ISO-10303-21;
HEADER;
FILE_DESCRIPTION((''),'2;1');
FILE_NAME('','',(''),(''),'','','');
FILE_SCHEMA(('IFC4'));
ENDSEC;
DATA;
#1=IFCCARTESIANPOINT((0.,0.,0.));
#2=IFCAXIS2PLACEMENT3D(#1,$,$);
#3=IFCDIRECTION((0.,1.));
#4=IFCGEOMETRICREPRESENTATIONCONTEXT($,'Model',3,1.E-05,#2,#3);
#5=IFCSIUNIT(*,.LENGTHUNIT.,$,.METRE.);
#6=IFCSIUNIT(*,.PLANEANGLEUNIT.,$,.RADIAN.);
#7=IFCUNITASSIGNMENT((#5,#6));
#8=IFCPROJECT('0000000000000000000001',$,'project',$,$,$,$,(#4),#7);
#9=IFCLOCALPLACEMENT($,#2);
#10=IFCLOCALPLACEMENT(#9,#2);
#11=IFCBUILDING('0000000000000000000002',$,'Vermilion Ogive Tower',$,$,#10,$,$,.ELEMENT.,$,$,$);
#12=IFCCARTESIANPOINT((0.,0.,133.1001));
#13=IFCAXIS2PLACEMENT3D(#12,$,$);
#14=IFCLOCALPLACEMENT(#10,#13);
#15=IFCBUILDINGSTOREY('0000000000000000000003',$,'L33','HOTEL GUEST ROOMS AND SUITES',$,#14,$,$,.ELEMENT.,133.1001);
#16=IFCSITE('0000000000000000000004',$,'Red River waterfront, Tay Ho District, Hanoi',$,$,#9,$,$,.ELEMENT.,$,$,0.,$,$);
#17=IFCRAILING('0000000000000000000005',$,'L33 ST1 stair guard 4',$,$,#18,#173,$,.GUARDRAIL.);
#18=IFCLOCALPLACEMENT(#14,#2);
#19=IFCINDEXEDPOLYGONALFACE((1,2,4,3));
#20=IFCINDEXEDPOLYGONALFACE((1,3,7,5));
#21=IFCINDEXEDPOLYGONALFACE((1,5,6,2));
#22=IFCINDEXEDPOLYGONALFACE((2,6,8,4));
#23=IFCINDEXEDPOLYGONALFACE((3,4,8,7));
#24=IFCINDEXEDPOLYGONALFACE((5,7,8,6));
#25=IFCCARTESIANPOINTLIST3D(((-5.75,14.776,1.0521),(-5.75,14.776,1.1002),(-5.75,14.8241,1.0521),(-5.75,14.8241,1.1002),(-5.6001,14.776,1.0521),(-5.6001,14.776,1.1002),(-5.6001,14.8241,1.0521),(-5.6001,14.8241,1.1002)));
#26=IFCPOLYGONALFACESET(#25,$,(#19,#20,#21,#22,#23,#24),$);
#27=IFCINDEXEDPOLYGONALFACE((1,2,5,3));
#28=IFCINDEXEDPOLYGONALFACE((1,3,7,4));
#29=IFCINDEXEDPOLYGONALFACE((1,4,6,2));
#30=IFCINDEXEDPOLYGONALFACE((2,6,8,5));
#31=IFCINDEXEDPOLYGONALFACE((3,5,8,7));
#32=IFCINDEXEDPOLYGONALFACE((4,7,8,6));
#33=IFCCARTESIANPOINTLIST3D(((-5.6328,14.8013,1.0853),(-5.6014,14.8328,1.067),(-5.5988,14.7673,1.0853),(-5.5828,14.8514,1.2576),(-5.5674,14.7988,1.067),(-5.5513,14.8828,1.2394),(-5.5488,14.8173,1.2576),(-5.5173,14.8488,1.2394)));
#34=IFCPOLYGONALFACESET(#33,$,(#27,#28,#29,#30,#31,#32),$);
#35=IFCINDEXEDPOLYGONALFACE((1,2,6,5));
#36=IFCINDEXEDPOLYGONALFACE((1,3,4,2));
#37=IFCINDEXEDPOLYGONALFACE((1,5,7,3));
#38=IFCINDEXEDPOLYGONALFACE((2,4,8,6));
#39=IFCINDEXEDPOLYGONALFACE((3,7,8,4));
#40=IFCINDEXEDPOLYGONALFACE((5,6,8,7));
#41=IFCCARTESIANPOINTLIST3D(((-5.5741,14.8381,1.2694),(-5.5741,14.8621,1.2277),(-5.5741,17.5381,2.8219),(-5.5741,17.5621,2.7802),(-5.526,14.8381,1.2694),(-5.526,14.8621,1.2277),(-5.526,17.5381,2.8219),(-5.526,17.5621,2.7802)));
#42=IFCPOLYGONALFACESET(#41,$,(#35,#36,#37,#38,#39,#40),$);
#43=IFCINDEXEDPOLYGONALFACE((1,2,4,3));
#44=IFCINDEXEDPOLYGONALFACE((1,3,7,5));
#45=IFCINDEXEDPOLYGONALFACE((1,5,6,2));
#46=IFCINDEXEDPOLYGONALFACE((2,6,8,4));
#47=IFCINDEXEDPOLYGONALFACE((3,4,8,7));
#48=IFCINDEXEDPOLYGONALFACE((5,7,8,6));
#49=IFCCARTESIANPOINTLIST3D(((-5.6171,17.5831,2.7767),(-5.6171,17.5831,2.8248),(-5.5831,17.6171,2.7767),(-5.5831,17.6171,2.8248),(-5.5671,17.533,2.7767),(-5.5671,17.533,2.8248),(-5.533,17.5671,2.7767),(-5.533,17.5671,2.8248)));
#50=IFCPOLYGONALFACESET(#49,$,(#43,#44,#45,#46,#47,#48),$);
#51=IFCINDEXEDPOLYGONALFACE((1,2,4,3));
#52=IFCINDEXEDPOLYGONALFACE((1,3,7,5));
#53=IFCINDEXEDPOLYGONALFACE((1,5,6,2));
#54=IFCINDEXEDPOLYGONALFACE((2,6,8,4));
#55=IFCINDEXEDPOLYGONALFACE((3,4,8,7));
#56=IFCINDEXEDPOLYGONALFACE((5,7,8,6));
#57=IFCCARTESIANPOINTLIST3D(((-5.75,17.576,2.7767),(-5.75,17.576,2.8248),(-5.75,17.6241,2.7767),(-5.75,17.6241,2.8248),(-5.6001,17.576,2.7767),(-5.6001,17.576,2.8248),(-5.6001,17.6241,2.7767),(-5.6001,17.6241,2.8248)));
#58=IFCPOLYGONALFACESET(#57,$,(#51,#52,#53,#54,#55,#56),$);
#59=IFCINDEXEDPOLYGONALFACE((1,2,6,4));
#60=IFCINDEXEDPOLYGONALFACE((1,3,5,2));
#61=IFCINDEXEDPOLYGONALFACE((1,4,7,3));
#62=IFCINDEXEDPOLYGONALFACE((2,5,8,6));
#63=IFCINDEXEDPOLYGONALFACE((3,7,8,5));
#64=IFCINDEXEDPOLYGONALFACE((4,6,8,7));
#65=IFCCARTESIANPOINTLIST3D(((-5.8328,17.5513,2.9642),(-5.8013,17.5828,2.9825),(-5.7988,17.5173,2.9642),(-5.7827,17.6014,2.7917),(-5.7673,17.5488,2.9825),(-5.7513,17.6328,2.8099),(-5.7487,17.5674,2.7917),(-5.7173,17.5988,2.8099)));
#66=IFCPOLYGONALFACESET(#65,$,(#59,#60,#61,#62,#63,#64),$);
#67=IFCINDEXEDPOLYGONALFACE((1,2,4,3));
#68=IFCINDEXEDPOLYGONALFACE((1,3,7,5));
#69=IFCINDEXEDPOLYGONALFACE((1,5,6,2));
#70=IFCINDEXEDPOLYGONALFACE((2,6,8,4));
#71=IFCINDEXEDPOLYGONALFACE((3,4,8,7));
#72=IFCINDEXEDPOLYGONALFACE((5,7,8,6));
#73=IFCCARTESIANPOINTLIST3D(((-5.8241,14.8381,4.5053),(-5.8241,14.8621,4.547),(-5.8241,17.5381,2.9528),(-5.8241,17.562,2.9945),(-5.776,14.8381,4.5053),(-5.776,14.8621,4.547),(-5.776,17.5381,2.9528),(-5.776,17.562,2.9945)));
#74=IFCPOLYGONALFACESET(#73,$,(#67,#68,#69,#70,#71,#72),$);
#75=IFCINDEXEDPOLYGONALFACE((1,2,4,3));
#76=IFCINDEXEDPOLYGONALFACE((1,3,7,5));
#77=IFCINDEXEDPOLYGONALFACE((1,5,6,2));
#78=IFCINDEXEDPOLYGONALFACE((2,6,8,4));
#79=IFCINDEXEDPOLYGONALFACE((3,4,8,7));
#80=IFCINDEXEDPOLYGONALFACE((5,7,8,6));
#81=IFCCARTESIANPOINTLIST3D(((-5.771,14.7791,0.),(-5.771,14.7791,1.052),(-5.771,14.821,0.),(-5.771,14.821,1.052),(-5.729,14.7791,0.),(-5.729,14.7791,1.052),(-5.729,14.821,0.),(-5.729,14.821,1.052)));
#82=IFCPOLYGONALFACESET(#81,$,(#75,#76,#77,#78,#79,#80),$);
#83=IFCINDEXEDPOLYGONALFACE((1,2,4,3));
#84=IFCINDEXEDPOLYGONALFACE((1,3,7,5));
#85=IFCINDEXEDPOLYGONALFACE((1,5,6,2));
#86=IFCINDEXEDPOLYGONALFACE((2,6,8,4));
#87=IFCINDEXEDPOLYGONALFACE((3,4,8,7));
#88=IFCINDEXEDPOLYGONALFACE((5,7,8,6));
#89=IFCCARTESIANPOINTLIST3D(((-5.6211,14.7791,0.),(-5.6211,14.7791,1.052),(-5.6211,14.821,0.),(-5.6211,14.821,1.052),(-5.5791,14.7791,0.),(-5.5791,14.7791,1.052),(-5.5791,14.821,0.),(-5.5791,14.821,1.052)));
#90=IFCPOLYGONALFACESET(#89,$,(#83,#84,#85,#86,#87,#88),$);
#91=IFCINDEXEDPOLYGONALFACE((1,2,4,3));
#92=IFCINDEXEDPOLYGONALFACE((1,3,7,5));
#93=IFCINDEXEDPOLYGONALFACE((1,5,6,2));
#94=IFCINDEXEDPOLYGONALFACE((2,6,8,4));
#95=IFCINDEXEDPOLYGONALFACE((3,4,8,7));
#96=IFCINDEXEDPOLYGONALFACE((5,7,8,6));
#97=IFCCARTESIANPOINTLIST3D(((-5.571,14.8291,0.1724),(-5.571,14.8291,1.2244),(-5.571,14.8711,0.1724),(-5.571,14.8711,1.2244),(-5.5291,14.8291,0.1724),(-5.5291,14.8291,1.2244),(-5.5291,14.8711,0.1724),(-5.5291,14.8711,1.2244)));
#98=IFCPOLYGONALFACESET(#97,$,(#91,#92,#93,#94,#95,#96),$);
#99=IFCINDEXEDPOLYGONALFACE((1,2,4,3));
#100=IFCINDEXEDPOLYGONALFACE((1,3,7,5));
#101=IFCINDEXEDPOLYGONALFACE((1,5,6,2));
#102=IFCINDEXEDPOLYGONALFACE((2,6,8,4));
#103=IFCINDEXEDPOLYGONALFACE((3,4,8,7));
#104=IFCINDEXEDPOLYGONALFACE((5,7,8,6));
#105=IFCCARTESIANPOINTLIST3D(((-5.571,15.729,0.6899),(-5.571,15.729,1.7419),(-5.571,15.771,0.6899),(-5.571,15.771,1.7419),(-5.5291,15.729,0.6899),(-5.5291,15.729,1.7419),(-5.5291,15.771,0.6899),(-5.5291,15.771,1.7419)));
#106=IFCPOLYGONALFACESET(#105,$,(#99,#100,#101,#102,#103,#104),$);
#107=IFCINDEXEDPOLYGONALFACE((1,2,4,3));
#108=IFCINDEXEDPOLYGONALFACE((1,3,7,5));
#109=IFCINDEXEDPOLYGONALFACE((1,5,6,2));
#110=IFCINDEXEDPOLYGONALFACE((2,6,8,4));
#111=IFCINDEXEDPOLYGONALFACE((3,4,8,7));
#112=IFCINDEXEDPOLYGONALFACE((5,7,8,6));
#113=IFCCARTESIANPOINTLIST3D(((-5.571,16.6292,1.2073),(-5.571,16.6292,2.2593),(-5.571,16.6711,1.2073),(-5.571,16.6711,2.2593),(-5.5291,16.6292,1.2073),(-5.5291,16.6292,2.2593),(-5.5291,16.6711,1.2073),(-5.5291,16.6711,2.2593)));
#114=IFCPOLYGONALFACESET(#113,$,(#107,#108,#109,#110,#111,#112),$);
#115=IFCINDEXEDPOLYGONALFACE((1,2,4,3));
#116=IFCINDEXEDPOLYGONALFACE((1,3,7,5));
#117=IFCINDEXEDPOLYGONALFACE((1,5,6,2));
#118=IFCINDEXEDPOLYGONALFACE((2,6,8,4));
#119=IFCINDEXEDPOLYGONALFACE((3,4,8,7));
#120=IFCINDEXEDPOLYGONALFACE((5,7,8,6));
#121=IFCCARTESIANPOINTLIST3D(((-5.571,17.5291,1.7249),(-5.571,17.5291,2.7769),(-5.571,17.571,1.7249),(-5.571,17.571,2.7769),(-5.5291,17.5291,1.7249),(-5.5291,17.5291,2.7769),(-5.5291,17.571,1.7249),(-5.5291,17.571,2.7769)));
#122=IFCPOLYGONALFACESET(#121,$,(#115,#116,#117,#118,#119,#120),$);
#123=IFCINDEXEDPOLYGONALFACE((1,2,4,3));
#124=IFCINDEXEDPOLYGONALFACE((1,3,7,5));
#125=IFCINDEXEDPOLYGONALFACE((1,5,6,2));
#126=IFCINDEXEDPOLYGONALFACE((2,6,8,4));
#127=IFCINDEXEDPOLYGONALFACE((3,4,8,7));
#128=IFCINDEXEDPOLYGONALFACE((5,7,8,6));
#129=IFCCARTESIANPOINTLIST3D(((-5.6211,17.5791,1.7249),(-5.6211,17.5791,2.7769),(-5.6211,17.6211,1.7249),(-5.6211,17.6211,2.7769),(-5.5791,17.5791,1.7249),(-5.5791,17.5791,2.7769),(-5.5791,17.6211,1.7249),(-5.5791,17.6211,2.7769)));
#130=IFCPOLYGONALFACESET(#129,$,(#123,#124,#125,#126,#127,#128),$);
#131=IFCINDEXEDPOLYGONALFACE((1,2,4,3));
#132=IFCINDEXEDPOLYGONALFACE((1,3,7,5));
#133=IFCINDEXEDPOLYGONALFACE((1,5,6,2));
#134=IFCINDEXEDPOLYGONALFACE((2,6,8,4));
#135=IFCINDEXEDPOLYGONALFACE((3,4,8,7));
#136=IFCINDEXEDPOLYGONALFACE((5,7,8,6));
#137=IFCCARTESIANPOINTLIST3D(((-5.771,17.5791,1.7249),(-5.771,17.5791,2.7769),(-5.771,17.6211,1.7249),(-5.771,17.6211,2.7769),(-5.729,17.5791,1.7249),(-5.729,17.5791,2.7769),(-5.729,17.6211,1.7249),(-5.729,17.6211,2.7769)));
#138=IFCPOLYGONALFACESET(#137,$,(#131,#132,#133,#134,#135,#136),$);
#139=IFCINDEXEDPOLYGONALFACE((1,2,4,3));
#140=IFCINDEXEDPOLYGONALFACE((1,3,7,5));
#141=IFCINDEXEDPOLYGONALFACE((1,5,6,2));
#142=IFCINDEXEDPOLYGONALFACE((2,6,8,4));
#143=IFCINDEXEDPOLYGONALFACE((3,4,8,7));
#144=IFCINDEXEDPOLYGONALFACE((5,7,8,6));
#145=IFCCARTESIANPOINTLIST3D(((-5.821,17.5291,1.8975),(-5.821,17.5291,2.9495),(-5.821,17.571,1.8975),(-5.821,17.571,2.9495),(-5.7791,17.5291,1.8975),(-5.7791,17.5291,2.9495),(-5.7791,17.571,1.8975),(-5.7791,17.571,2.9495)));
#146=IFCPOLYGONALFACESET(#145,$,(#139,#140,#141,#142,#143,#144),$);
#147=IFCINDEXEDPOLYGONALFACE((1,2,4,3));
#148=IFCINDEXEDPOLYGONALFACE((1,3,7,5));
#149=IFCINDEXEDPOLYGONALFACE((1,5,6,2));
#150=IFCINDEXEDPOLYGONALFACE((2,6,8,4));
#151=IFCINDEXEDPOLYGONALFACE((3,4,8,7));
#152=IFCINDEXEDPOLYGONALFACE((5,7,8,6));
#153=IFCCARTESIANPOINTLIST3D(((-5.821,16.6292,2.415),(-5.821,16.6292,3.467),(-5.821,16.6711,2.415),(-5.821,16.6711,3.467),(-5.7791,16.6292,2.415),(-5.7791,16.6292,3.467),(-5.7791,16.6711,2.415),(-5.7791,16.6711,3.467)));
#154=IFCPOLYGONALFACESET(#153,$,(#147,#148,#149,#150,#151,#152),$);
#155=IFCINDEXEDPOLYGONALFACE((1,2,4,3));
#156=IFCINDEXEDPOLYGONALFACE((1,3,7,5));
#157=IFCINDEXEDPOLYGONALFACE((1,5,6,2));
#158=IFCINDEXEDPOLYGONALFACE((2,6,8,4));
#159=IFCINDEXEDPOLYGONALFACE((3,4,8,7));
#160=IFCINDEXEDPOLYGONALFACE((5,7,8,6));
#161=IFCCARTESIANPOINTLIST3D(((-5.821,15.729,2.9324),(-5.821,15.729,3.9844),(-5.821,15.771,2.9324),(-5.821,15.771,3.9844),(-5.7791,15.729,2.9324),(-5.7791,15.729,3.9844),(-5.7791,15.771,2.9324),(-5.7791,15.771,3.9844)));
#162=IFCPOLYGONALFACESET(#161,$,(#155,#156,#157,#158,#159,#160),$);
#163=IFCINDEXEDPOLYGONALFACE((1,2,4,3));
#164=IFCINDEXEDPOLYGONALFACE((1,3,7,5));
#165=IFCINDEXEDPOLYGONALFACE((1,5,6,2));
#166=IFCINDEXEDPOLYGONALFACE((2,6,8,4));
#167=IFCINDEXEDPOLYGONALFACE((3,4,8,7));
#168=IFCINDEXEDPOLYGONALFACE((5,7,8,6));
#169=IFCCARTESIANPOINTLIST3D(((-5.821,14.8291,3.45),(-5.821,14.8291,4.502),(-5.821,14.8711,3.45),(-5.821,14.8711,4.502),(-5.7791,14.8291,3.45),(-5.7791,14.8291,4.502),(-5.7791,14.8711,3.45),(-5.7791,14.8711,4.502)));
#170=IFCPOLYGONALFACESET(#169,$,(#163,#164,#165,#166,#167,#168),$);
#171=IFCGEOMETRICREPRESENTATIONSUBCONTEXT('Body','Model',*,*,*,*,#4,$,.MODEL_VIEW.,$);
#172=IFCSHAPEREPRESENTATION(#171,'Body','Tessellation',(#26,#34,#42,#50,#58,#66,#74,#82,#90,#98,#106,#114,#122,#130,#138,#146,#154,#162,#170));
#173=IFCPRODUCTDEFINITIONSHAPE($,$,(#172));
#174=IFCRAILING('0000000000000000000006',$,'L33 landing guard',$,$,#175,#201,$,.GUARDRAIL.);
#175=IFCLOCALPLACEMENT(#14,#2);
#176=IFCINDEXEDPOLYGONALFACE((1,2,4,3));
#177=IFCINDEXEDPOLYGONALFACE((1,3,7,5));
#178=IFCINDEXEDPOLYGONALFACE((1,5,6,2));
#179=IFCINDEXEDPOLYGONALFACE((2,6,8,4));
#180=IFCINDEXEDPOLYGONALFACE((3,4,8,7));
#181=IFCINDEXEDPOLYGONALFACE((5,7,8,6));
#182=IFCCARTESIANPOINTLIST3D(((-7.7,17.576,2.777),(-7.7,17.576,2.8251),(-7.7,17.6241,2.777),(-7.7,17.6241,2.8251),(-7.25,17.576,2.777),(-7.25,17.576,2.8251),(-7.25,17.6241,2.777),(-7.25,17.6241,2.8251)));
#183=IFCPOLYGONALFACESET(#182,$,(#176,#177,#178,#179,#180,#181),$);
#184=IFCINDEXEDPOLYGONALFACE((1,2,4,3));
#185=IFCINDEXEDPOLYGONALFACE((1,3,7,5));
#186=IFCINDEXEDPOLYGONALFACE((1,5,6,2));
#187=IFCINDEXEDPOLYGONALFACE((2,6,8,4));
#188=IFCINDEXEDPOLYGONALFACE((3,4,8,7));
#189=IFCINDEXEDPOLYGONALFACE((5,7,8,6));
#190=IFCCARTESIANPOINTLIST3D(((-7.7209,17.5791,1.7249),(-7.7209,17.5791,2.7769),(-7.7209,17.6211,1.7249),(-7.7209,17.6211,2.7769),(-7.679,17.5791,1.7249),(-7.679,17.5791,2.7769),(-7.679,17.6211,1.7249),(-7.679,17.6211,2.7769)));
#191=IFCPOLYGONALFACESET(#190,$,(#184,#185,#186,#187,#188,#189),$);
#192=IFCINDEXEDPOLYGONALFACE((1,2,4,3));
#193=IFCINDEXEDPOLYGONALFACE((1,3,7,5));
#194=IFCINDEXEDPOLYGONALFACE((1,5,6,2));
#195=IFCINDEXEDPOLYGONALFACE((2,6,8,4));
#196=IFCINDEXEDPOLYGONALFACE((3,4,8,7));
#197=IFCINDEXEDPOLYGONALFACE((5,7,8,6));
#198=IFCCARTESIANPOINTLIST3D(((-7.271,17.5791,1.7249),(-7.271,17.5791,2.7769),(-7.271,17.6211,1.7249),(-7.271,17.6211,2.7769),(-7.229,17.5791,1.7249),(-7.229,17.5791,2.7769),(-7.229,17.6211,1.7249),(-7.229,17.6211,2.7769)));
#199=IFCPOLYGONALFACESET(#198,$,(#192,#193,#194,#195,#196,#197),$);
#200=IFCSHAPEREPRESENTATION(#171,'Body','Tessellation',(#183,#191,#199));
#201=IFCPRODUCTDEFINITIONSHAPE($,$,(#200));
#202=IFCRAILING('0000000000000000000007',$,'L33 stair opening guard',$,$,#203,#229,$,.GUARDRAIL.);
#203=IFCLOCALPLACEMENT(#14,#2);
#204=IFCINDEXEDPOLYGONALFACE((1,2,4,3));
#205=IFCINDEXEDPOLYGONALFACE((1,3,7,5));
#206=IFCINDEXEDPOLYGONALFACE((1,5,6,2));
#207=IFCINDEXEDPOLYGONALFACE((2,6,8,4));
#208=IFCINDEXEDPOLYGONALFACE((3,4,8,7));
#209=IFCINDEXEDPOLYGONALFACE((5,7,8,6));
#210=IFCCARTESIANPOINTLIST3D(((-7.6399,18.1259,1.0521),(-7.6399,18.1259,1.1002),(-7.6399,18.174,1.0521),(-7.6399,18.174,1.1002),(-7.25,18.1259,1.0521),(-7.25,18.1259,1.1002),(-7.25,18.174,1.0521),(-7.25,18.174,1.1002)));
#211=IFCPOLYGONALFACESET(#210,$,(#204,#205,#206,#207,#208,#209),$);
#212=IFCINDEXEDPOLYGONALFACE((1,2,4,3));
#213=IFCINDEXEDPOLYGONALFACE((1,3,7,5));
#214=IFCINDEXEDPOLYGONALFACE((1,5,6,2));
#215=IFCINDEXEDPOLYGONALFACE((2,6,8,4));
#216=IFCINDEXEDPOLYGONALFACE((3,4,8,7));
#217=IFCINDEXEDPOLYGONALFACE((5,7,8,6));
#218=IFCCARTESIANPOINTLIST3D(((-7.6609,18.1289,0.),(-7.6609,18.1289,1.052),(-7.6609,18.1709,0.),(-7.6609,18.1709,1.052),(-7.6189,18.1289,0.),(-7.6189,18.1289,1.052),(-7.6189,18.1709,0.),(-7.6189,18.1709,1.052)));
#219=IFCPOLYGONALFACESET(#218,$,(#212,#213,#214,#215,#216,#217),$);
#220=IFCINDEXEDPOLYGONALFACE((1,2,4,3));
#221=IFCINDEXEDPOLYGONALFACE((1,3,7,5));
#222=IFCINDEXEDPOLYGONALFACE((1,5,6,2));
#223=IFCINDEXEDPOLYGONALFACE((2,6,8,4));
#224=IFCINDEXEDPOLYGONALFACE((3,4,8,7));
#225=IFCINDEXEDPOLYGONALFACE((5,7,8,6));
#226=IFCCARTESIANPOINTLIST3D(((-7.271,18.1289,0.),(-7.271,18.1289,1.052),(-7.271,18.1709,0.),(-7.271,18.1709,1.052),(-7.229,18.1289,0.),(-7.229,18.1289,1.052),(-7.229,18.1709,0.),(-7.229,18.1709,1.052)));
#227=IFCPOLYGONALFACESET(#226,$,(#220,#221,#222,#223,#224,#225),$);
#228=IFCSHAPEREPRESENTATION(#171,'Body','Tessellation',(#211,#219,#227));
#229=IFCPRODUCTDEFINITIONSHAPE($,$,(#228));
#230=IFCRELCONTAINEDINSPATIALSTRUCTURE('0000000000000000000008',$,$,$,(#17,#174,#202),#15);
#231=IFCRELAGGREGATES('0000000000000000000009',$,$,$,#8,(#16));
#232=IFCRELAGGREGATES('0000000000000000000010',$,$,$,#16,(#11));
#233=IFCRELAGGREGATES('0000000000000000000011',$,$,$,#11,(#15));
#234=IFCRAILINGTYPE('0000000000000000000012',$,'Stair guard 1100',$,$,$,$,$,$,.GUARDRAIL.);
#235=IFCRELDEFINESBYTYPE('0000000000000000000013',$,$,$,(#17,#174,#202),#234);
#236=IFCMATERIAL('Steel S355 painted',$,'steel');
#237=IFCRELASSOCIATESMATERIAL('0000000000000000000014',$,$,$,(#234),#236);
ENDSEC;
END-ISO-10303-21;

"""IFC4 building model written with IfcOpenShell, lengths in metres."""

from ifc_helpers import new_model, si_unit, direction, frame, origin, origin_2d, place, context, subcontext, project, spatial, rectangle, extrude, material, type_object, element, save


model = new_model("IFC4")

# Units and contexts
model_context = context("Model", 3, precision=1e-05, world=origin(), true_north=direction((0.0, 1.0)))
body_context = subcontext(model_context, "Body", "Model", "MODEL_VIEW")
ifc_project = project(units=[si_unit("LENGTHUNIT", "METRE"), si_unit("PLANEANGLEUNIT", "RADIAN")], contexts=[model_context])

# Site, building, storey
site_placement = place(None, origin())
site = spatial("IfcSite", under=ifc_project, at=site_placement, Name="Red River waterfront, Tay Ho District, Hanoi", CompositionType="ELEMENT", RefElevation=0.0)
building_placement = place(site_placement, origin())
building = spatial("IfcBuilding", under=site, at=building_placement, Name="Vermilion Ogive Tower", CompositionType="ELEMENT")
storey_placement = place(building_placement, frame((0.0, 0.0, 133.1001)))
storey = spatial("IfcBuildingStorey", under=building, at=storey_placement, Name="L33", Description="HOTEL GUEST ROOMS AND SUITES", CompositionType="ELEMENT", Elevation=133.1001)

# Railings
ifc_material_1 = material(Name="Steel S355 painted", Category="steel")
railing_type_1 = type_object("IfcRailingType", Name="Stair guard 1100", PredefinedType="GUARDRAIL", material=ifc_material_1)
railing_1_placement = place(storey_placement, frame((-5.75, 14.8, 0.0)))
element("IfcRailing", 1, at=railing_1_placement, inside=storey, type_object=railing_type_1, Name="L33 ST1 stair guard 4", PredefinedType="GUARDRAIL", context=body_context, shape_type="SweptSolid", body=[
    extrude(rectangle(XDim=0.0481, YDim=0.0481, at=origin_2d()), frame((0.0, 0.0, 1.0762), z_axis=(1.0, 0.0, 0.0), x_axis=(0.0, 1.0, 0.0)), (0.0, 0.0, 1.0), 0.1499),
    extrude(rectangle(XDim=0.0481, YDim=0.0481, at=origin_2d()), frame((0.1499, 0.0, 1.0762), z_axis=(0.268603, 0.268603, 0.925043), x_axis=(-0.707107, 0.707107, 0.0)), (0.0, 0.0, 1.0), 0.1863),
    extrude(rectangle(XDim=0.0481, YDim=0.0481, at=origin_2d()), frame((0.2, 0.05, 1.2485), z_axis=(0.0, 0.866904, 0.498476), x_axis=(-1.0, 0.0, 0.0)), (0.0, 0.0, 1.0), 3.1145),
    extrude(rectangle(XDim=0.0481, YDim=0.0481, at=origin_2d()), frame((0.2, 2.75, 2.8008), z_axis=(-0.707107, 0.707107, 0.0), x_axis=(-0.707107, -0.707107, 0.0)), (0.0, 0.0, 1.0), 0.0708),
    extrude(rectangle(XDim=0.0481, YDim=0.0481, at=origin_2d()), frame((0.1499, 2.8, 2.8008), z_axis=(-1.0, 0.0, 0.0), x_axis=(0.0, -1.0, 0.0)), (0.0, 0.0, 1.0), 0.1499),
    extrude(rectangle(XDim=0.0481, YDim=0.0481, at=origin_2d()), frame((0.0, 2.8, 2.8008), z_axis=(-0.268278, -0.268278, 0.925232), x_axis=(0.707107, -0.707107, 0.0)), (0.0, 0.0, 1.0), 0.1865),
    extrude(rectangle(XDim=0.0481, YDim=0.0481, at=origin_2d()), frame((-0.05, 2.75, 2.9736), z_axis=(0.0, -0.866904, 0.498476), x_axis=(1.0, 0.0, 0.0)), (0.0, 0.0, 1.0), 3.1145),
    extrude(rectangle(XDim=0.042, YDim=0.042, at=origin_2d()), origin(), (0.0, 0.0, 1.0), 1.052),
    extrude(rectangle(XDim=0.042, YDim=0.042, at=origin_2d()), frame((0.1499, 0.0, 0.0)), (0.0, 0.0, 1.0), 1.052),
    extrude(rectangle(XDim=0.042, YDim=0.042, at=origin_2d()), frame((0.2, 0.05, 0.1724)), (0.0, 0.0, 1.0), 1.052),
    extrude(rectangle(XDim=0.042, YDim=0.042, at=origin_2d()), frame((0.2, 0.95, 0.6899)), (0.0, 0.0, 1.0), 1.052),
    extrude(rectangle(XDim=0.042, YDim=0.042, at=origin_2d()), frame((0.2, 1.8501, 1.2073)), (0.0, 0.0, 1.0), 1.052),
    extrude(rectangle(XDim=0.042, YDim=0.042, at=origin_2d()), frame((0.2, 2.75, 1.7249)), (0.0, 0.0, 1.0), 1.052),
    extrude(rectangle(XDim=0.042, YDim=0.042, at=origin_2d()), frame((0.1499, 2.8, 1.7249)), (0.0, 0.0, 1.0), 1.052),
    extrude(rectangle(XDim=0.042, YDim=0.042, at=origin_2d()), frame((0.0, 2.8, 1.7249)), (0.0, 0.0, 1.0), 1.052),
    extrude(rectangle(XDim=0.042, YDim=0.042, at=origin_2d()), frame((-0.05, 2.75, 1.8975)), (0.0, 0.0, 1.0), 1.052),
    extrude(rectangle(XDim=0.042, YDim=0.042, at=origin_2d()), frame((-0.05, 1.8501, 2.415)), (0.0, 0.0, 1.0), 1.052),
    extrude(rectangle(XDim=0.042, YDim=0.042, at=origin_2d()), frame((-0.05, 0.95, 2.9324)), (0.0, 0.0, 1.0), 1.052),
    extrude(rectangle(XDim=0.042, YDim=0.042, at=origin_2d()), frame((-0.05, 0.05, 3.45)), (0.0, 0.0, 1.0), 1.052),
])
railing_2_placement = place(storey_placement, frame((-7.7, 17.6001, 1.7249)))
element("IfcRailing", 2, at=railing_2_placement, inside=storey, type_object=railing_type_1, Name="L33 landing guard", PredefinedType="GUARDRAIL", context=body_context, shape_type="SweptSolid", body=[
    extrude(rectangle(XDim=0.0481, YDim=0.0481, at=origin_2d()), frame((0.0, 0.0, 1.0762), z_axis=(1.0, 0.0, 0.0), x_axis=(0.0, 1.0, 0.0)), (0.0, 0.0, 1.0), 0.45),
    extrude(rectangle(XDim=0.042, YDim=0.042, at=origin_2d()), origin(), (0.0, 0.0, 1.0), 1.052),
    extrude(rectangle(XDim=0.042, YDim=0.042, at=origin_2d()), frame((0.45, 0.0, 0.0)), (0.0, 0.0, 1.0), 1.052),
])
railing_3_placement = place(storey_placement, frame((-7.6399, 18.1499, 0.0)))
element("IfcRailing", 3, at=railing_3_placement, inside=storey, type_object=railing_type_1, Name="L33 stair opening guard", PredefinedType="GUARDRAIL", context=body_context, shape_type="SweptSolid", body=[
    extrude(rectangle(XDim=0.0481, YDim=0.0481, at=origin_2d()), frame((0.0, 0.0, 1.0762), z_axis=(1.0, 0.0, 0.0), x_axis=(0.0, 1.0, 0.0)), (0.0, 0.0, 1.0), 0.3899),
    extrude(rectangle(XDim=0.042, YDim=0.042, at=origin_2d()), origin(), (0.0, 0.0, 1.0), 1.052),
    extrude(rectangle(XDim=0.042, YDim=0.042, at=origin_2d()), frame((0.3899, 0.0, 0.0)), (0.0, 0.0, 1.0), 1.052),
])

save(model, "model.ifc")
